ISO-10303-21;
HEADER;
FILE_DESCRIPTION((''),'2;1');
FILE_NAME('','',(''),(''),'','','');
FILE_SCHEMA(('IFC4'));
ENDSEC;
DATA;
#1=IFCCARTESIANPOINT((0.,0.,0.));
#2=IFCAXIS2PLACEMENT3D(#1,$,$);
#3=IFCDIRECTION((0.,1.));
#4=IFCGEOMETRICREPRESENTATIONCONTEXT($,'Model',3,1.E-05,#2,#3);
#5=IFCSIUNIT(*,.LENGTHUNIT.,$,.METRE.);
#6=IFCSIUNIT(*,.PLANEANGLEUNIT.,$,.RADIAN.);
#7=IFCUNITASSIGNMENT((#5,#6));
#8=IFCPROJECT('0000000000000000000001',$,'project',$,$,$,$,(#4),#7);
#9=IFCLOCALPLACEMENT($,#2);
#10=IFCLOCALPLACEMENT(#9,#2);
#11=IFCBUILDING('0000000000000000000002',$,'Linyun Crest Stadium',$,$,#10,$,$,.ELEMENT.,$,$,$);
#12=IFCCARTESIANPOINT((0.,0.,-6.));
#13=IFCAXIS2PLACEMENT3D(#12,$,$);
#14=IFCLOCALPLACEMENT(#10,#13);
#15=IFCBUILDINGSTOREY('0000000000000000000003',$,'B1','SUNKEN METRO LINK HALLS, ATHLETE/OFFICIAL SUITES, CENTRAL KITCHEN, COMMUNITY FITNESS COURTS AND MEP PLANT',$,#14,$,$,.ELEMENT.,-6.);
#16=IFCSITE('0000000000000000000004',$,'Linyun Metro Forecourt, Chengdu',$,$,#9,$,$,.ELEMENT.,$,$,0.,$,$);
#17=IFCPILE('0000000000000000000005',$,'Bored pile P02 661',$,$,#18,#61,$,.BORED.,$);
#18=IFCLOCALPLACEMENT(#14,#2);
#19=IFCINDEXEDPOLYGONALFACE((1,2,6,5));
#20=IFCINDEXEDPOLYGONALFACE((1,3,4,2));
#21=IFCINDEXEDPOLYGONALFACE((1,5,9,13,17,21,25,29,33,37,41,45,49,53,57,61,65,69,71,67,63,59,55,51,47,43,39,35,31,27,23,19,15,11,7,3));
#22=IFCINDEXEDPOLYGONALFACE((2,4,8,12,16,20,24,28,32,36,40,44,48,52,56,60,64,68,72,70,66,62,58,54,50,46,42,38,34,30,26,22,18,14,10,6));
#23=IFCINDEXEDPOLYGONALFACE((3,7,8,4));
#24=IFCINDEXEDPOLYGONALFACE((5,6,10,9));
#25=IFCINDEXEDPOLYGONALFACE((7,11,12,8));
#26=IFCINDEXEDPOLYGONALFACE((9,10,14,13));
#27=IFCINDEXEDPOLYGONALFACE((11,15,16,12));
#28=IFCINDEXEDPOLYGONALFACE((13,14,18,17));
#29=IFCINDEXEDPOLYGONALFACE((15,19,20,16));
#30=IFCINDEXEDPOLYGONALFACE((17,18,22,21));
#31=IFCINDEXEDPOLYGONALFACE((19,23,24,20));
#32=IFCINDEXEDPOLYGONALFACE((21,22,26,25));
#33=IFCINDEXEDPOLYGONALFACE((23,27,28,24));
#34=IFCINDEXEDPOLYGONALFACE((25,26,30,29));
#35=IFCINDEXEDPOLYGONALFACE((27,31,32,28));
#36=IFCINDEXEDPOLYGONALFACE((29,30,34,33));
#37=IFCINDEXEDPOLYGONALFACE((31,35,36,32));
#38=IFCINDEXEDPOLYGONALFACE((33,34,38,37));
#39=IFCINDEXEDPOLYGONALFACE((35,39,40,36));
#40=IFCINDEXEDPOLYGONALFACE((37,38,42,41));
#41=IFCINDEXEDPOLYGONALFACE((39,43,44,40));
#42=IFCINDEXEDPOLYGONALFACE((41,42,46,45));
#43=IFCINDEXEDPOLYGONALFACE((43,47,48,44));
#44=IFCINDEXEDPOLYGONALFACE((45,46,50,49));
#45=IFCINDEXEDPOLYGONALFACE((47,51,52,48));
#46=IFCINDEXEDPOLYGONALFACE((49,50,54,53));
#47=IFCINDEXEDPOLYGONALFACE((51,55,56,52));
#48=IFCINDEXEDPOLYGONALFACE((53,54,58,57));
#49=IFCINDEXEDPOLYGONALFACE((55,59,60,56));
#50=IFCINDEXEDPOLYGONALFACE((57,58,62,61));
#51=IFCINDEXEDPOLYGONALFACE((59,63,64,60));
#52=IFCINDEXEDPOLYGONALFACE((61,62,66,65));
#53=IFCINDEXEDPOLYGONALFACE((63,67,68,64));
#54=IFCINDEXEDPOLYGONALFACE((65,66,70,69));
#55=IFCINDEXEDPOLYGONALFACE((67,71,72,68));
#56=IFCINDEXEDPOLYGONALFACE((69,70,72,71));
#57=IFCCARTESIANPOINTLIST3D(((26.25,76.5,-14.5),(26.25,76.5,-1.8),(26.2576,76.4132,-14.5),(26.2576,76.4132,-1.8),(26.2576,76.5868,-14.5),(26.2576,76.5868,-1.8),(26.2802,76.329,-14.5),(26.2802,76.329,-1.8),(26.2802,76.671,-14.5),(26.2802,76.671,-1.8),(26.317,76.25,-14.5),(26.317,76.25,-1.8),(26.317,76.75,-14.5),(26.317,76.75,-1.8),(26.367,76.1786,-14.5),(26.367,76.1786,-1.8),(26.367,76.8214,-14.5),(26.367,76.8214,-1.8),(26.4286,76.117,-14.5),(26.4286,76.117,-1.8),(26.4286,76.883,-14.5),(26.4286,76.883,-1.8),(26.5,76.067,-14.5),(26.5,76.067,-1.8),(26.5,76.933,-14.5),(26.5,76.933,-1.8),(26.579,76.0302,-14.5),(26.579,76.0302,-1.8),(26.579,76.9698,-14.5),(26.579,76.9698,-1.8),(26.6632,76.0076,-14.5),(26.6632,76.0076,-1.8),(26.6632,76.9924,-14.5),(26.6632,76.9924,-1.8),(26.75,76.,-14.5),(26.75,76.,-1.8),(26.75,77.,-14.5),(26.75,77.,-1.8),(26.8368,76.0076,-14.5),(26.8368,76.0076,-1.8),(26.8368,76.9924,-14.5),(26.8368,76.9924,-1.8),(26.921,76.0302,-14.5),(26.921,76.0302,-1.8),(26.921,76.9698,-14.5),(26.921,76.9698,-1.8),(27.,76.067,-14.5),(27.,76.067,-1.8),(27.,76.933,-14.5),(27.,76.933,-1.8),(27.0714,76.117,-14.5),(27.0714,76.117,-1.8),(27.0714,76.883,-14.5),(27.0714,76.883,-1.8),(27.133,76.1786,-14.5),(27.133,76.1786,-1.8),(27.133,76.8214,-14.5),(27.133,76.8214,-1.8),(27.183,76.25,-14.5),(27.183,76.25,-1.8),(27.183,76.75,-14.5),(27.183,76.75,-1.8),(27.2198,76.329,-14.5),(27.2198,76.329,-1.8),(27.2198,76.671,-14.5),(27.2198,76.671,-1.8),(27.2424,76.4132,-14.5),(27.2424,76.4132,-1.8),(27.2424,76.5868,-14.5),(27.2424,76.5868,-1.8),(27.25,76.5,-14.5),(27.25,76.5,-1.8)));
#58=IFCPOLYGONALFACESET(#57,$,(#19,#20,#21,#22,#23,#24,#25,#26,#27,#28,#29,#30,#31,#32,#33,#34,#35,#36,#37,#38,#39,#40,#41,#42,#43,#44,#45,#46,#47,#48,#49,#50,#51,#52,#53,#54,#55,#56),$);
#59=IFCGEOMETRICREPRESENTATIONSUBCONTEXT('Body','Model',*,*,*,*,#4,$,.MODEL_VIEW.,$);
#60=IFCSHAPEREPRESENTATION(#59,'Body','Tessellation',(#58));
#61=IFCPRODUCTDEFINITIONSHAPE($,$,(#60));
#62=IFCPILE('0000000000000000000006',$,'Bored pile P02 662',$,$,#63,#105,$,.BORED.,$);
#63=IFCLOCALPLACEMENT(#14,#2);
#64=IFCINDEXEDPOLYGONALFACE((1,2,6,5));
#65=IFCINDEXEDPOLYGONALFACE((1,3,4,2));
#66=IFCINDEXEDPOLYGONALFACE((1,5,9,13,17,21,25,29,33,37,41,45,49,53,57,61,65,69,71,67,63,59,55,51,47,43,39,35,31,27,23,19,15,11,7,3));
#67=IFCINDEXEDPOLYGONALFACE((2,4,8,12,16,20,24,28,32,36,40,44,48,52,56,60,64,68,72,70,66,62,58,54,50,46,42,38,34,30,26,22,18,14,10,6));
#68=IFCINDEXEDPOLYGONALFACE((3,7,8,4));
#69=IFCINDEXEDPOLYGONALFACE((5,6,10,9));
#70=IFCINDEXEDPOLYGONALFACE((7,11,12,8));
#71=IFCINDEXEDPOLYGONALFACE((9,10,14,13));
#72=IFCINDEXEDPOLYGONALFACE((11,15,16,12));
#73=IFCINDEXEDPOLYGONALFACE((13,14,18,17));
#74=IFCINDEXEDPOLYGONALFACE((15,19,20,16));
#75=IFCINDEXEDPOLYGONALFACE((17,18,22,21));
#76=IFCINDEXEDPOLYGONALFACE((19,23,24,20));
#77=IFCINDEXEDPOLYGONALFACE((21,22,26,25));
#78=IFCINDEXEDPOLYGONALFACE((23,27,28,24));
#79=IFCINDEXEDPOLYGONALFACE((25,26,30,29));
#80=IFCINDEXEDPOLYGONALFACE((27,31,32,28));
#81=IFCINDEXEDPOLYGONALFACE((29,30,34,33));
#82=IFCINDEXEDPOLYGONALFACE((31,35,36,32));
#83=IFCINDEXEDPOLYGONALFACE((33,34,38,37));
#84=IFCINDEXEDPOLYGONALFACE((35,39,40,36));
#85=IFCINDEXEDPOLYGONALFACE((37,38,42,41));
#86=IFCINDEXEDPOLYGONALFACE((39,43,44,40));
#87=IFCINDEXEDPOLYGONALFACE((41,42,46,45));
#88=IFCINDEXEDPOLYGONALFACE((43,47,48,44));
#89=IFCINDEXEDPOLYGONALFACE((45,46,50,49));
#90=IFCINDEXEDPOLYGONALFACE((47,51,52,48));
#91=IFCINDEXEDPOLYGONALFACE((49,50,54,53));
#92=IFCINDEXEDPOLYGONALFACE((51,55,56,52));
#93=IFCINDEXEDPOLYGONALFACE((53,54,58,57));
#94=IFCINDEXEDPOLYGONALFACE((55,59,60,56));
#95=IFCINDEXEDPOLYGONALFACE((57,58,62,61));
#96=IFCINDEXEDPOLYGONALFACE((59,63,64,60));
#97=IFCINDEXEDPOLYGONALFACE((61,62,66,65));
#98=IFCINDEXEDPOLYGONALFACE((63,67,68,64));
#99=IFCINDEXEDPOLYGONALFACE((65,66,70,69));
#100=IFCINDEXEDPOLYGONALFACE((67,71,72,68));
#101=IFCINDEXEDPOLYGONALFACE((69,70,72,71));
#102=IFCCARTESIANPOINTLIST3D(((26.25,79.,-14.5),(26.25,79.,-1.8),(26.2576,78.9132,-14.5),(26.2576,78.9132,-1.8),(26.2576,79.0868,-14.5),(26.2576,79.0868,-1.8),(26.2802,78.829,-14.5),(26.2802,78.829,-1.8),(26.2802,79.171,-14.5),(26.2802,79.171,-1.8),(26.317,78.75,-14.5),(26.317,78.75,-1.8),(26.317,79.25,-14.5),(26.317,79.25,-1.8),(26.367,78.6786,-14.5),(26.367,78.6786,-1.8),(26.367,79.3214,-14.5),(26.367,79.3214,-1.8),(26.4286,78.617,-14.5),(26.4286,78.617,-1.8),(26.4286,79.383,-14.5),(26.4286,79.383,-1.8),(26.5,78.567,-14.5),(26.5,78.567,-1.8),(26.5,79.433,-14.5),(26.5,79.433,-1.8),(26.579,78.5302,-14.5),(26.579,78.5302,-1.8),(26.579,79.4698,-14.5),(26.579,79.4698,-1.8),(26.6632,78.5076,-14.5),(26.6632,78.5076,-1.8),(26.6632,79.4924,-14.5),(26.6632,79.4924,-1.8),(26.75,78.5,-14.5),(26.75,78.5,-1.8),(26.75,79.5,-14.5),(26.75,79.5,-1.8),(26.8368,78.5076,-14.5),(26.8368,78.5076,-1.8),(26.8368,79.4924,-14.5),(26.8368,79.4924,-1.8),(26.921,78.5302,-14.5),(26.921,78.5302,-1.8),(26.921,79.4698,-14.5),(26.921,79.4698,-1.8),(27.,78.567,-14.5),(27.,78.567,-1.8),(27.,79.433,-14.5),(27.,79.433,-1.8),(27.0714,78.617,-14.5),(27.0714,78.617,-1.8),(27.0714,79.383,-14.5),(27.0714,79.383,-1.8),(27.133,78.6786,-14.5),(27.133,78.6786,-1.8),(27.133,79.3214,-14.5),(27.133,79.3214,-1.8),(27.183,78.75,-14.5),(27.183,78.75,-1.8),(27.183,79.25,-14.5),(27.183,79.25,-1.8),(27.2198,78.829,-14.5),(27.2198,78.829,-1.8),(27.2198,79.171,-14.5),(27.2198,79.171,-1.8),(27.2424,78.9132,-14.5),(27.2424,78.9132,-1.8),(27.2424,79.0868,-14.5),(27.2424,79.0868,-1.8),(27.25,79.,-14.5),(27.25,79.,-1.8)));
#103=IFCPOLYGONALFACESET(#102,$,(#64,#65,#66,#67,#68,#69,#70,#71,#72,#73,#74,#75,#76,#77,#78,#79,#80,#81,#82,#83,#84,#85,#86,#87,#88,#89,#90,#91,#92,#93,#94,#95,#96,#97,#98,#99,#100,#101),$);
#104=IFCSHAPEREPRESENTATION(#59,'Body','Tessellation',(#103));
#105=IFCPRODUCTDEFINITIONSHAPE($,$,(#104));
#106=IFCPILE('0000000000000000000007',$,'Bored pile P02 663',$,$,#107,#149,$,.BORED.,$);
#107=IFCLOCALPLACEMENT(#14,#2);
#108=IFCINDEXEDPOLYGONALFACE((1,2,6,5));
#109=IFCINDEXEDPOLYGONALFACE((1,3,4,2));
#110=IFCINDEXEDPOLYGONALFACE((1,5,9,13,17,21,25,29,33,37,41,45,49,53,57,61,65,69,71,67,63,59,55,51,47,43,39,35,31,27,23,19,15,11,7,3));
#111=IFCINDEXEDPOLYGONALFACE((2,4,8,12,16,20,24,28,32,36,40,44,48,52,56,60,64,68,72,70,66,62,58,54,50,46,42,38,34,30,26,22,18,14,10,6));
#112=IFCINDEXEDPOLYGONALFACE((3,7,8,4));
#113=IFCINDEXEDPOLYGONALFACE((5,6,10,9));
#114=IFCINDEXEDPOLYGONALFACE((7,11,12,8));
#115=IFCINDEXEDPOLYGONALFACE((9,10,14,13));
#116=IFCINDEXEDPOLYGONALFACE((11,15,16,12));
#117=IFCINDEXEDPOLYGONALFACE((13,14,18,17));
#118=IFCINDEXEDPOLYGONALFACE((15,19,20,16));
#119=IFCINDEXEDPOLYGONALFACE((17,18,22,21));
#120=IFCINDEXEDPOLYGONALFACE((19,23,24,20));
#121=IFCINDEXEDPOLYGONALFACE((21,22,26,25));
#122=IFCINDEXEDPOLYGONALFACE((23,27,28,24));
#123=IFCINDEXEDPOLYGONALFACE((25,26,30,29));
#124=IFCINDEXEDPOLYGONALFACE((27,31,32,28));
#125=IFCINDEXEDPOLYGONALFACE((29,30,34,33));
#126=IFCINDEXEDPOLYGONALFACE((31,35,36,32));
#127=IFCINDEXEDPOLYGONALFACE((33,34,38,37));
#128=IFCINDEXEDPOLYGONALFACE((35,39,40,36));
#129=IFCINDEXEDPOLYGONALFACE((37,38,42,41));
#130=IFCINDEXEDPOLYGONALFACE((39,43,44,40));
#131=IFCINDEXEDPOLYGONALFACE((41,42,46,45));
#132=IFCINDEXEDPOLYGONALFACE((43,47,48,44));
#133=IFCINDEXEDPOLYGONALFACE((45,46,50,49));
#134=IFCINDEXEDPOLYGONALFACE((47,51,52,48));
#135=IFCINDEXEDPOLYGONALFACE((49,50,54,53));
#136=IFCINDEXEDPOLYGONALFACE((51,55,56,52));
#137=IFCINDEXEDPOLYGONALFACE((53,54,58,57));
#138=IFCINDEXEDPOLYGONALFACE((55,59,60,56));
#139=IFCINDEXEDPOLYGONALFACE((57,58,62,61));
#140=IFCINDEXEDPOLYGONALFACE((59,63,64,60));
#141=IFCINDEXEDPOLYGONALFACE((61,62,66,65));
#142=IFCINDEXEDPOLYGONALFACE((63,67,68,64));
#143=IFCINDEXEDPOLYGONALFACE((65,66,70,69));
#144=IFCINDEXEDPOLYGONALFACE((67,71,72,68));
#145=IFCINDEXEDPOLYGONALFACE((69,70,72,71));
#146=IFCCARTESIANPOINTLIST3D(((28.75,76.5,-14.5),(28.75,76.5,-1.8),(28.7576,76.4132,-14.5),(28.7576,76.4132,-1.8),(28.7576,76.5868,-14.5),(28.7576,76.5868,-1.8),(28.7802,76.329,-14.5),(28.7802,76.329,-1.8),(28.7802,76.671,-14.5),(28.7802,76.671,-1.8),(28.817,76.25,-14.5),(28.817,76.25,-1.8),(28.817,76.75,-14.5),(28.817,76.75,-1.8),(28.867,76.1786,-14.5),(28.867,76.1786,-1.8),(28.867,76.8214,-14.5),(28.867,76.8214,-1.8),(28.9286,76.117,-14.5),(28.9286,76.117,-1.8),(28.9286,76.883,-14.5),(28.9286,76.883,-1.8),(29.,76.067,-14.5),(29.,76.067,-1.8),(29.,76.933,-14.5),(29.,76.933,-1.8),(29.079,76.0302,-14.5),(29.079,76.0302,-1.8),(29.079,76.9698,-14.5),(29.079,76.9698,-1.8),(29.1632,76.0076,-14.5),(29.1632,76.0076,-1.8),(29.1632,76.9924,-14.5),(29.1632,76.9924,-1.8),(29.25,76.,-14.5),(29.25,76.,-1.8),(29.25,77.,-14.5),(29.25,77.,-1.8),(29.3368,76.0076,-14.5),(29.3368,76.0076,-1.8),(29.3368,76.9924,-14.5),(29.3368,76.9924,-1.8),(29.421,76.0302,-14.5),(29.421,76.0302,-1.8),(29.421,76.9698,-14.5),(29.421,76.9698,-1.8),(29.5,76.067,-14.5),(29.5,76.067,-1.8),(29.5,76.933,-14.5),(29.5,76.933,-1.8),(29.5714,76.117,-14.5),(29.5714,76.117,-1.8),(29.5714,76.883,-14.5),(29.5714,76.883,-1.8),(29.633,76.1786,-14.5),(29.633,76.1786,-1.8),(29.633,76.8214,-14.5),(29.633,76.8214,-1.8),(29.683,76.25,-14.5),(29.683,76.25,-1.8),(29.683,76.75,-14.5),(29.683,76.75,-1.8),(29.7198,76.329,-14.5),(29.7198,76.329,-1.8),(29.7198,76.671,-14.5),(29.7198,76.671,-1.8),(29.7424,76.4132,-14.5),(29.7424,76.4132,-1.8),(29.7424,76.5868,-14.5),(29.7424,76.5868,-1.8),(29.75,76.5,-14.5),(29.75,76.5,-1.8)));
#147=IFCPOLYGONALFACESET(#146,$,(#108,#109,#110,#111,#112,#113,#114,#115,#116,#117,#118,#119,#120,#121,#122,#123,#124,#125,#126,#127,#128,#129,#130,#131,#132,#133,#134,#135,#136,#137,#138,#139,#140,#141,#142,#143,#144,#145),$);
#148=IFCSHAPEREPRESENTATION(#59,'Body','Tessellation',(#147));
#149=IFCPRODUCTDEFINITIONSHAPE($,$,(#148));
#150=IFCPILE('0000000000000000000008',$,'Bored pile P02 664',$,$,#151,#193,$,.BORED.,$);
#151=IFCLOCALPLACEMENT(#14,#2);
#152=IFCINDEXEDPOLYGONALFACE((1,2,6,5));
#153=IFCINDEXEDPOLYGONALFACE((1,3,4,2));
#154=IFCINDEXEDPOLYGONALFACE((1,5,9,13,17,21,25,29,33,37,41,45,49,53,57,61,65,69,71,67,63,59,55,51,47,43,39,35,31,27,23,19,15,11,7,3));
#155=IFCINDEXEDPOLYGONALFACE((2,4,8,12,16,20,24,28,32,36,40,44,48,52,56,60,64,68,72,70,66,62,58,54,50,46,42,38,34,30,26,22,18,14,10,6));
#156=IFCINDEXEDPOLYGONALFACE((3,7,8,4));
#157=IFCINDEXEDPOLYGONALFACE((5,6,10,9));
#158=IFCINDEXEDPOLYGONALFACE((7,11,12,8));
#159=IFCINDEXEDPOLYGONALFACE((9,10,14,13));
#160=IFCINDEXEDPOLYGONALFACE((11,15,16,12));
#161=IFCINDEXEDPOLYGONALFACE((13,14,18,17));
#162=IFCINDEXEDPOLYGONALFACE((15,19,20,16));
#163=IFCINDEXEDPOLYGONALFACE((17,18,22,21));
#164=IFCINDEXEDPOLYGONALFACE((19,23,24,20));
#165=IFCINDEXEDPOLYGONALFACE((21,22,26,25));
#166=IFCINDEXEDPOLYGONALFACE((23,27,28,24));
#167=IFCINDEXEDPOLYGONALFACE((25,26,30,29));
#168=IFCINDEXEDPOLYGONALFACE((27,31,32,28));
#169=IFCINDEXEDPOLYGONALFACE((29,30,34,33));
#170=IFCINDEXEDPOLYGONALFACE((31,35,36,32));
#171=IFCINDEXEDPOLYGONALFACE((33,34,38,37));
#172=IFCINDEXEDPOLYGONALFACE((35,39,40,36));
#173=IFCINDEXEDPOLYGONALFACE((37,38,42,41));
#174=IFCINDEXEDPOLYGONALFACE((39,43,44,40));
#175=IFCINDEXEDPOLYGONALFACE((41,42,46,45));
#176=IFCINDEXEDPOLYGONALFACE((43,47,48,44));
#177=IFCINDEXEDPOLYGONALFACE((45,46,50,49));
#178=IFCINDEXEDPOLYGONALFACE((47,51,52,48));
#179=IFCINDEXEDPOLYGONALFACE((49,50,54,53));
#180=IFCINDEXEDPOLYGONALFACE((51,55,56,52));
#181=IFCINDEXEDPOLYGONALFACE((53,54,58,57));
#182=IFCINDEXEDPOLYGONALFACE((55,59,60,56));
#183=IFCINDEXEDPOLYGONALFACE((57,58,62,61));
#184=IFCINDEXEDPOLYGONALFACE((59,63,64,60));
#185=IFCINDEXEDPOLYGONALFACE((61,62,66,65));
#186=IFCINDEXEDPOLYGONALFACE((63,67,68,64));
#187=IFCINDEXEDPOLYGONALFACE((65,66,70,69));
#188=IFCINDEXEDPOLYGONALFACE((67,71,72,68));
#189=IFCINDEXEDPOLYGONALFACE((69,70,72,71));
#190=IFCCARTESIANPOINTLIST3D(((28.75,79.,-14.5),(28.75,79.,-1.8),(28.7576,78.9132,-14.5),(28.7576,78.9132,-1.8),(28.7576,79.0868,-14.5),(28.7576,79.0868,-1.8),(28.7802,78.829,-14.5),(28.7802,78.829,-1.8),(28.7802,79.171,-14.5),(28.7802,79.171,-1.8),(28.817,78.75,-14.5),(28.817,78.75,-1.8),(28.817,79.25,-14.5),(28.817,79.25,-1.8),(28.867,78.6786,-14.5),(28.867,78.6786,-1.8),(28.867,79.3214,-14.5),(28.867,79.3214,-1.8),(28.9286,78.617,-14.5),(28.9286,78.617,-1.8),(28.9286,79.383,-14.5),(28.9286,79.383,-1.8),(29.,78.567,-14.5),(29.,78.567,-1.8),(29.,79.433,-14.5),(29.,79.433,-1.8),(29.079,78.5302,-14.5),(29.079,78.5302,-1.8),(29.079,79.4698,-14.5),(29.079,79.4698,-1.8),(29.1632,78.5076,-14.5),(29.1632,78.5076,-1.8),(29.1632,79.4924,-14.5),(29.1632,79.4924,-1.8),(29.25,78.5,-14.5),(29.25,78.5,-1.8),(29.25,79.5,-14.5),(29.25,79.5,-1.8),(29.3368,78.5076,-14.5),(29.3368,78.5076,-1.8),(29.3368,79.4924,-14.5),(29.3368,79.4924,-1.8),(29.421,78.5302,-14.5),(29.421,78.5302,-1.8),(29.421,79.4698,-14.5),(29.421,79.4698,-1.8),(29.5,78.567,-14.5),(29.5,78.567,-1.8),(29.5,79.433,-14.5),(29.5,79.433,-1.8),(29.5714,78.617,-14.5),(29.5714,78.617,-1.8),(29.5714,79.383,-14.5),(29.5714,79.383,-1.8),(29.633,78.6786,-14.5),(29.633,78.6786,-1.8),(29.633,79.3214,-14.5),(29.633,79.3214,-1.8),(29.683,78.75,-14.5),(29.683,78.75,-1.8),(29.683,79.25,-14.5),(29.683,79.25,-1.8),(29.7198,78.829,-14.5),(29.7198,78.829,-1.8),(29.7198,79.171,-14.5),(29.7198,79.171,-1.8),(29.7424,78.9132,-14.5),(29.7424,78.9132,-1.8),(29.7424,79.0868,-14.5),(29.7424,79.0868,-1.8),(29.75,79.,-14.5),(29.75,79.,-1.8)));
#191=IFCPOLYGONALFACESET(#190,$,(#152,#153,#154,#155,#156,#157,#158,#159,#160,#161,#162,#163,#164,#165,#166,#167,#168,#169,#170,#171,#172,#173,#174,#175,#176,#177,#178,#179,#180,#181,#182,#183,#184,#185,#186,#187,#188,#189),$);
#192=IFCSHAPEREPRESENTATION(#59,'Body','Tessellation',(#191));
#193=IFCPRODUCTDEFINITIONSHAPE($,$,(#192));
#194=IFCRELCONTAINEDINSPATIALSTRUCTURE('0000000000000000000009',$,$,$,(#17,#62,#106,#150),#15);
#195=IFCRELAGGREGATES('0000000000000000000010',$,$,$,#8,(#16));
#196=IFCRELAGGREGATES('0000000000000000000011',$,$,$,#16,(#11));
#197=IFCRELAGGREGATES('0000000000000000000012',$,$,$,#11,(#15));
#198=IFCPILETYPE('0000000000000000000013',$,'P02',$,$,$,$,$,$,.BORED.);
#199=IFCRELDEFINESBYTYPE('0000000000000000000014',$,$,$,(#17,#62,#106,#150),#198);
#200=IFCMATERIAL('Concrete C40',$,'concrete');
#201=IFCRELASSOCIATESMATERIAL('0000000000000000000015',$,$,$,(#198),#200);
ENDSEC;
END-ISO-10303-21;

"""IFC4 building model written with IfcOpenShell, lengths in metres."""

from ifc_helpers import new_model, si_unit, direction, frame, origin, origin_2d, place, context, subcontext, project, spatial, circle, extrude, material, material_profile, profile_set, type_object, element, save


model = new_model("IFC4")

# Units and contexts
model_context = context("Model", 3, precision=1e-05, world=origin(), true_north=direction((0.0, 1.0)))
body_context = subcontext(model_context, "Body", "Model", "MODEL_VIEW")
ifc_project = project(units=[si_unit("LENGTHUNIT", "METRE"), si_unit("PLANEANGLEUNIT", "RADIAN")], contexts=[model_context])

# Site, building, storey
site_placement = place(None, origin())
site = spatial("IfcSite", under=ifc_project, at=site_placement, Name="Linyun Metro Forecourt, Chengdu", CompositionType="ELEMENT", RefElevation=0.0)
building_placement = place(site_placement, origin())
building = spatial("IfcBuilding", under=site, at=building_placement, Name="Linyun Crest Stadium", CompositionType="ELEMENT")
storey_placement = place(building_placement, frame((0.0, 0.0, -6.0)))
storey = spatial("IfcBuildingStorey", under=building, at=storey_placement, Name="B1", Description="SUNKEN METRO LINK HALLS, ATHLETE/OFFICIAL SUITES, CENTRAL KITCHEN, COMMUNITY FITNESS COURTS AND MEP PLANT", CompositionType="ELEMENT", Elevation=-6.0)

# Piles
ifc_material_1 = material(Name="Concrete C40", Category="concrete")
ifc_material_profile_1 = material_profile(ifc_material_1, circle(Radius=0.5, at=origin_2d()), Name="BORED PILE 1000")
ifc_profile_set_1 = profile_set([ifc_material_profile_1], Name="Concrete C40")
pile_type = type_object("IfcPileType", Name="P02", PredefinedType="BORED", material=ifc_profile_set_1)
for number, where, z_axis, x_axis, name in (
    (1, (26.75, 76.5, -1.8), (0.0, 0.0, -1.0), (1.0, 0.0, 0.0), "Bored pile P02 661"),
    (2, (26.75, 79.0, -1.8), (0.0, 0.0, -1.0), (1.0, 0.0, 0.0), "Bored pile P02 662"),
    (3, (29.25, 76.5, -1.8), (0.0, 0.0, -1.0), (1.0, 0.0, 0.0), "Bored pile P02 663"),
    (4, (29.25, 79.0, -1.8), (0.0, 0.0, -1.0), (1.0, 0.0, 0.0), "Bored pile P02 664"),
):
    element("IfcPile", number, at=place(storey_placement, frame(where, z_axis=z_axis, x_axis=x_axis)), inside=storey, type_object=pile_type, Name=name, PredefinedType="BORED", context=body_context, shape_type="SweptSolid", body=[
        extrude(circle(Radius=0.5, at=origin_2d()), origin(), (0.0, 0.0, 1.0), 12.7),
    ])

save(model, "model.ifc")
